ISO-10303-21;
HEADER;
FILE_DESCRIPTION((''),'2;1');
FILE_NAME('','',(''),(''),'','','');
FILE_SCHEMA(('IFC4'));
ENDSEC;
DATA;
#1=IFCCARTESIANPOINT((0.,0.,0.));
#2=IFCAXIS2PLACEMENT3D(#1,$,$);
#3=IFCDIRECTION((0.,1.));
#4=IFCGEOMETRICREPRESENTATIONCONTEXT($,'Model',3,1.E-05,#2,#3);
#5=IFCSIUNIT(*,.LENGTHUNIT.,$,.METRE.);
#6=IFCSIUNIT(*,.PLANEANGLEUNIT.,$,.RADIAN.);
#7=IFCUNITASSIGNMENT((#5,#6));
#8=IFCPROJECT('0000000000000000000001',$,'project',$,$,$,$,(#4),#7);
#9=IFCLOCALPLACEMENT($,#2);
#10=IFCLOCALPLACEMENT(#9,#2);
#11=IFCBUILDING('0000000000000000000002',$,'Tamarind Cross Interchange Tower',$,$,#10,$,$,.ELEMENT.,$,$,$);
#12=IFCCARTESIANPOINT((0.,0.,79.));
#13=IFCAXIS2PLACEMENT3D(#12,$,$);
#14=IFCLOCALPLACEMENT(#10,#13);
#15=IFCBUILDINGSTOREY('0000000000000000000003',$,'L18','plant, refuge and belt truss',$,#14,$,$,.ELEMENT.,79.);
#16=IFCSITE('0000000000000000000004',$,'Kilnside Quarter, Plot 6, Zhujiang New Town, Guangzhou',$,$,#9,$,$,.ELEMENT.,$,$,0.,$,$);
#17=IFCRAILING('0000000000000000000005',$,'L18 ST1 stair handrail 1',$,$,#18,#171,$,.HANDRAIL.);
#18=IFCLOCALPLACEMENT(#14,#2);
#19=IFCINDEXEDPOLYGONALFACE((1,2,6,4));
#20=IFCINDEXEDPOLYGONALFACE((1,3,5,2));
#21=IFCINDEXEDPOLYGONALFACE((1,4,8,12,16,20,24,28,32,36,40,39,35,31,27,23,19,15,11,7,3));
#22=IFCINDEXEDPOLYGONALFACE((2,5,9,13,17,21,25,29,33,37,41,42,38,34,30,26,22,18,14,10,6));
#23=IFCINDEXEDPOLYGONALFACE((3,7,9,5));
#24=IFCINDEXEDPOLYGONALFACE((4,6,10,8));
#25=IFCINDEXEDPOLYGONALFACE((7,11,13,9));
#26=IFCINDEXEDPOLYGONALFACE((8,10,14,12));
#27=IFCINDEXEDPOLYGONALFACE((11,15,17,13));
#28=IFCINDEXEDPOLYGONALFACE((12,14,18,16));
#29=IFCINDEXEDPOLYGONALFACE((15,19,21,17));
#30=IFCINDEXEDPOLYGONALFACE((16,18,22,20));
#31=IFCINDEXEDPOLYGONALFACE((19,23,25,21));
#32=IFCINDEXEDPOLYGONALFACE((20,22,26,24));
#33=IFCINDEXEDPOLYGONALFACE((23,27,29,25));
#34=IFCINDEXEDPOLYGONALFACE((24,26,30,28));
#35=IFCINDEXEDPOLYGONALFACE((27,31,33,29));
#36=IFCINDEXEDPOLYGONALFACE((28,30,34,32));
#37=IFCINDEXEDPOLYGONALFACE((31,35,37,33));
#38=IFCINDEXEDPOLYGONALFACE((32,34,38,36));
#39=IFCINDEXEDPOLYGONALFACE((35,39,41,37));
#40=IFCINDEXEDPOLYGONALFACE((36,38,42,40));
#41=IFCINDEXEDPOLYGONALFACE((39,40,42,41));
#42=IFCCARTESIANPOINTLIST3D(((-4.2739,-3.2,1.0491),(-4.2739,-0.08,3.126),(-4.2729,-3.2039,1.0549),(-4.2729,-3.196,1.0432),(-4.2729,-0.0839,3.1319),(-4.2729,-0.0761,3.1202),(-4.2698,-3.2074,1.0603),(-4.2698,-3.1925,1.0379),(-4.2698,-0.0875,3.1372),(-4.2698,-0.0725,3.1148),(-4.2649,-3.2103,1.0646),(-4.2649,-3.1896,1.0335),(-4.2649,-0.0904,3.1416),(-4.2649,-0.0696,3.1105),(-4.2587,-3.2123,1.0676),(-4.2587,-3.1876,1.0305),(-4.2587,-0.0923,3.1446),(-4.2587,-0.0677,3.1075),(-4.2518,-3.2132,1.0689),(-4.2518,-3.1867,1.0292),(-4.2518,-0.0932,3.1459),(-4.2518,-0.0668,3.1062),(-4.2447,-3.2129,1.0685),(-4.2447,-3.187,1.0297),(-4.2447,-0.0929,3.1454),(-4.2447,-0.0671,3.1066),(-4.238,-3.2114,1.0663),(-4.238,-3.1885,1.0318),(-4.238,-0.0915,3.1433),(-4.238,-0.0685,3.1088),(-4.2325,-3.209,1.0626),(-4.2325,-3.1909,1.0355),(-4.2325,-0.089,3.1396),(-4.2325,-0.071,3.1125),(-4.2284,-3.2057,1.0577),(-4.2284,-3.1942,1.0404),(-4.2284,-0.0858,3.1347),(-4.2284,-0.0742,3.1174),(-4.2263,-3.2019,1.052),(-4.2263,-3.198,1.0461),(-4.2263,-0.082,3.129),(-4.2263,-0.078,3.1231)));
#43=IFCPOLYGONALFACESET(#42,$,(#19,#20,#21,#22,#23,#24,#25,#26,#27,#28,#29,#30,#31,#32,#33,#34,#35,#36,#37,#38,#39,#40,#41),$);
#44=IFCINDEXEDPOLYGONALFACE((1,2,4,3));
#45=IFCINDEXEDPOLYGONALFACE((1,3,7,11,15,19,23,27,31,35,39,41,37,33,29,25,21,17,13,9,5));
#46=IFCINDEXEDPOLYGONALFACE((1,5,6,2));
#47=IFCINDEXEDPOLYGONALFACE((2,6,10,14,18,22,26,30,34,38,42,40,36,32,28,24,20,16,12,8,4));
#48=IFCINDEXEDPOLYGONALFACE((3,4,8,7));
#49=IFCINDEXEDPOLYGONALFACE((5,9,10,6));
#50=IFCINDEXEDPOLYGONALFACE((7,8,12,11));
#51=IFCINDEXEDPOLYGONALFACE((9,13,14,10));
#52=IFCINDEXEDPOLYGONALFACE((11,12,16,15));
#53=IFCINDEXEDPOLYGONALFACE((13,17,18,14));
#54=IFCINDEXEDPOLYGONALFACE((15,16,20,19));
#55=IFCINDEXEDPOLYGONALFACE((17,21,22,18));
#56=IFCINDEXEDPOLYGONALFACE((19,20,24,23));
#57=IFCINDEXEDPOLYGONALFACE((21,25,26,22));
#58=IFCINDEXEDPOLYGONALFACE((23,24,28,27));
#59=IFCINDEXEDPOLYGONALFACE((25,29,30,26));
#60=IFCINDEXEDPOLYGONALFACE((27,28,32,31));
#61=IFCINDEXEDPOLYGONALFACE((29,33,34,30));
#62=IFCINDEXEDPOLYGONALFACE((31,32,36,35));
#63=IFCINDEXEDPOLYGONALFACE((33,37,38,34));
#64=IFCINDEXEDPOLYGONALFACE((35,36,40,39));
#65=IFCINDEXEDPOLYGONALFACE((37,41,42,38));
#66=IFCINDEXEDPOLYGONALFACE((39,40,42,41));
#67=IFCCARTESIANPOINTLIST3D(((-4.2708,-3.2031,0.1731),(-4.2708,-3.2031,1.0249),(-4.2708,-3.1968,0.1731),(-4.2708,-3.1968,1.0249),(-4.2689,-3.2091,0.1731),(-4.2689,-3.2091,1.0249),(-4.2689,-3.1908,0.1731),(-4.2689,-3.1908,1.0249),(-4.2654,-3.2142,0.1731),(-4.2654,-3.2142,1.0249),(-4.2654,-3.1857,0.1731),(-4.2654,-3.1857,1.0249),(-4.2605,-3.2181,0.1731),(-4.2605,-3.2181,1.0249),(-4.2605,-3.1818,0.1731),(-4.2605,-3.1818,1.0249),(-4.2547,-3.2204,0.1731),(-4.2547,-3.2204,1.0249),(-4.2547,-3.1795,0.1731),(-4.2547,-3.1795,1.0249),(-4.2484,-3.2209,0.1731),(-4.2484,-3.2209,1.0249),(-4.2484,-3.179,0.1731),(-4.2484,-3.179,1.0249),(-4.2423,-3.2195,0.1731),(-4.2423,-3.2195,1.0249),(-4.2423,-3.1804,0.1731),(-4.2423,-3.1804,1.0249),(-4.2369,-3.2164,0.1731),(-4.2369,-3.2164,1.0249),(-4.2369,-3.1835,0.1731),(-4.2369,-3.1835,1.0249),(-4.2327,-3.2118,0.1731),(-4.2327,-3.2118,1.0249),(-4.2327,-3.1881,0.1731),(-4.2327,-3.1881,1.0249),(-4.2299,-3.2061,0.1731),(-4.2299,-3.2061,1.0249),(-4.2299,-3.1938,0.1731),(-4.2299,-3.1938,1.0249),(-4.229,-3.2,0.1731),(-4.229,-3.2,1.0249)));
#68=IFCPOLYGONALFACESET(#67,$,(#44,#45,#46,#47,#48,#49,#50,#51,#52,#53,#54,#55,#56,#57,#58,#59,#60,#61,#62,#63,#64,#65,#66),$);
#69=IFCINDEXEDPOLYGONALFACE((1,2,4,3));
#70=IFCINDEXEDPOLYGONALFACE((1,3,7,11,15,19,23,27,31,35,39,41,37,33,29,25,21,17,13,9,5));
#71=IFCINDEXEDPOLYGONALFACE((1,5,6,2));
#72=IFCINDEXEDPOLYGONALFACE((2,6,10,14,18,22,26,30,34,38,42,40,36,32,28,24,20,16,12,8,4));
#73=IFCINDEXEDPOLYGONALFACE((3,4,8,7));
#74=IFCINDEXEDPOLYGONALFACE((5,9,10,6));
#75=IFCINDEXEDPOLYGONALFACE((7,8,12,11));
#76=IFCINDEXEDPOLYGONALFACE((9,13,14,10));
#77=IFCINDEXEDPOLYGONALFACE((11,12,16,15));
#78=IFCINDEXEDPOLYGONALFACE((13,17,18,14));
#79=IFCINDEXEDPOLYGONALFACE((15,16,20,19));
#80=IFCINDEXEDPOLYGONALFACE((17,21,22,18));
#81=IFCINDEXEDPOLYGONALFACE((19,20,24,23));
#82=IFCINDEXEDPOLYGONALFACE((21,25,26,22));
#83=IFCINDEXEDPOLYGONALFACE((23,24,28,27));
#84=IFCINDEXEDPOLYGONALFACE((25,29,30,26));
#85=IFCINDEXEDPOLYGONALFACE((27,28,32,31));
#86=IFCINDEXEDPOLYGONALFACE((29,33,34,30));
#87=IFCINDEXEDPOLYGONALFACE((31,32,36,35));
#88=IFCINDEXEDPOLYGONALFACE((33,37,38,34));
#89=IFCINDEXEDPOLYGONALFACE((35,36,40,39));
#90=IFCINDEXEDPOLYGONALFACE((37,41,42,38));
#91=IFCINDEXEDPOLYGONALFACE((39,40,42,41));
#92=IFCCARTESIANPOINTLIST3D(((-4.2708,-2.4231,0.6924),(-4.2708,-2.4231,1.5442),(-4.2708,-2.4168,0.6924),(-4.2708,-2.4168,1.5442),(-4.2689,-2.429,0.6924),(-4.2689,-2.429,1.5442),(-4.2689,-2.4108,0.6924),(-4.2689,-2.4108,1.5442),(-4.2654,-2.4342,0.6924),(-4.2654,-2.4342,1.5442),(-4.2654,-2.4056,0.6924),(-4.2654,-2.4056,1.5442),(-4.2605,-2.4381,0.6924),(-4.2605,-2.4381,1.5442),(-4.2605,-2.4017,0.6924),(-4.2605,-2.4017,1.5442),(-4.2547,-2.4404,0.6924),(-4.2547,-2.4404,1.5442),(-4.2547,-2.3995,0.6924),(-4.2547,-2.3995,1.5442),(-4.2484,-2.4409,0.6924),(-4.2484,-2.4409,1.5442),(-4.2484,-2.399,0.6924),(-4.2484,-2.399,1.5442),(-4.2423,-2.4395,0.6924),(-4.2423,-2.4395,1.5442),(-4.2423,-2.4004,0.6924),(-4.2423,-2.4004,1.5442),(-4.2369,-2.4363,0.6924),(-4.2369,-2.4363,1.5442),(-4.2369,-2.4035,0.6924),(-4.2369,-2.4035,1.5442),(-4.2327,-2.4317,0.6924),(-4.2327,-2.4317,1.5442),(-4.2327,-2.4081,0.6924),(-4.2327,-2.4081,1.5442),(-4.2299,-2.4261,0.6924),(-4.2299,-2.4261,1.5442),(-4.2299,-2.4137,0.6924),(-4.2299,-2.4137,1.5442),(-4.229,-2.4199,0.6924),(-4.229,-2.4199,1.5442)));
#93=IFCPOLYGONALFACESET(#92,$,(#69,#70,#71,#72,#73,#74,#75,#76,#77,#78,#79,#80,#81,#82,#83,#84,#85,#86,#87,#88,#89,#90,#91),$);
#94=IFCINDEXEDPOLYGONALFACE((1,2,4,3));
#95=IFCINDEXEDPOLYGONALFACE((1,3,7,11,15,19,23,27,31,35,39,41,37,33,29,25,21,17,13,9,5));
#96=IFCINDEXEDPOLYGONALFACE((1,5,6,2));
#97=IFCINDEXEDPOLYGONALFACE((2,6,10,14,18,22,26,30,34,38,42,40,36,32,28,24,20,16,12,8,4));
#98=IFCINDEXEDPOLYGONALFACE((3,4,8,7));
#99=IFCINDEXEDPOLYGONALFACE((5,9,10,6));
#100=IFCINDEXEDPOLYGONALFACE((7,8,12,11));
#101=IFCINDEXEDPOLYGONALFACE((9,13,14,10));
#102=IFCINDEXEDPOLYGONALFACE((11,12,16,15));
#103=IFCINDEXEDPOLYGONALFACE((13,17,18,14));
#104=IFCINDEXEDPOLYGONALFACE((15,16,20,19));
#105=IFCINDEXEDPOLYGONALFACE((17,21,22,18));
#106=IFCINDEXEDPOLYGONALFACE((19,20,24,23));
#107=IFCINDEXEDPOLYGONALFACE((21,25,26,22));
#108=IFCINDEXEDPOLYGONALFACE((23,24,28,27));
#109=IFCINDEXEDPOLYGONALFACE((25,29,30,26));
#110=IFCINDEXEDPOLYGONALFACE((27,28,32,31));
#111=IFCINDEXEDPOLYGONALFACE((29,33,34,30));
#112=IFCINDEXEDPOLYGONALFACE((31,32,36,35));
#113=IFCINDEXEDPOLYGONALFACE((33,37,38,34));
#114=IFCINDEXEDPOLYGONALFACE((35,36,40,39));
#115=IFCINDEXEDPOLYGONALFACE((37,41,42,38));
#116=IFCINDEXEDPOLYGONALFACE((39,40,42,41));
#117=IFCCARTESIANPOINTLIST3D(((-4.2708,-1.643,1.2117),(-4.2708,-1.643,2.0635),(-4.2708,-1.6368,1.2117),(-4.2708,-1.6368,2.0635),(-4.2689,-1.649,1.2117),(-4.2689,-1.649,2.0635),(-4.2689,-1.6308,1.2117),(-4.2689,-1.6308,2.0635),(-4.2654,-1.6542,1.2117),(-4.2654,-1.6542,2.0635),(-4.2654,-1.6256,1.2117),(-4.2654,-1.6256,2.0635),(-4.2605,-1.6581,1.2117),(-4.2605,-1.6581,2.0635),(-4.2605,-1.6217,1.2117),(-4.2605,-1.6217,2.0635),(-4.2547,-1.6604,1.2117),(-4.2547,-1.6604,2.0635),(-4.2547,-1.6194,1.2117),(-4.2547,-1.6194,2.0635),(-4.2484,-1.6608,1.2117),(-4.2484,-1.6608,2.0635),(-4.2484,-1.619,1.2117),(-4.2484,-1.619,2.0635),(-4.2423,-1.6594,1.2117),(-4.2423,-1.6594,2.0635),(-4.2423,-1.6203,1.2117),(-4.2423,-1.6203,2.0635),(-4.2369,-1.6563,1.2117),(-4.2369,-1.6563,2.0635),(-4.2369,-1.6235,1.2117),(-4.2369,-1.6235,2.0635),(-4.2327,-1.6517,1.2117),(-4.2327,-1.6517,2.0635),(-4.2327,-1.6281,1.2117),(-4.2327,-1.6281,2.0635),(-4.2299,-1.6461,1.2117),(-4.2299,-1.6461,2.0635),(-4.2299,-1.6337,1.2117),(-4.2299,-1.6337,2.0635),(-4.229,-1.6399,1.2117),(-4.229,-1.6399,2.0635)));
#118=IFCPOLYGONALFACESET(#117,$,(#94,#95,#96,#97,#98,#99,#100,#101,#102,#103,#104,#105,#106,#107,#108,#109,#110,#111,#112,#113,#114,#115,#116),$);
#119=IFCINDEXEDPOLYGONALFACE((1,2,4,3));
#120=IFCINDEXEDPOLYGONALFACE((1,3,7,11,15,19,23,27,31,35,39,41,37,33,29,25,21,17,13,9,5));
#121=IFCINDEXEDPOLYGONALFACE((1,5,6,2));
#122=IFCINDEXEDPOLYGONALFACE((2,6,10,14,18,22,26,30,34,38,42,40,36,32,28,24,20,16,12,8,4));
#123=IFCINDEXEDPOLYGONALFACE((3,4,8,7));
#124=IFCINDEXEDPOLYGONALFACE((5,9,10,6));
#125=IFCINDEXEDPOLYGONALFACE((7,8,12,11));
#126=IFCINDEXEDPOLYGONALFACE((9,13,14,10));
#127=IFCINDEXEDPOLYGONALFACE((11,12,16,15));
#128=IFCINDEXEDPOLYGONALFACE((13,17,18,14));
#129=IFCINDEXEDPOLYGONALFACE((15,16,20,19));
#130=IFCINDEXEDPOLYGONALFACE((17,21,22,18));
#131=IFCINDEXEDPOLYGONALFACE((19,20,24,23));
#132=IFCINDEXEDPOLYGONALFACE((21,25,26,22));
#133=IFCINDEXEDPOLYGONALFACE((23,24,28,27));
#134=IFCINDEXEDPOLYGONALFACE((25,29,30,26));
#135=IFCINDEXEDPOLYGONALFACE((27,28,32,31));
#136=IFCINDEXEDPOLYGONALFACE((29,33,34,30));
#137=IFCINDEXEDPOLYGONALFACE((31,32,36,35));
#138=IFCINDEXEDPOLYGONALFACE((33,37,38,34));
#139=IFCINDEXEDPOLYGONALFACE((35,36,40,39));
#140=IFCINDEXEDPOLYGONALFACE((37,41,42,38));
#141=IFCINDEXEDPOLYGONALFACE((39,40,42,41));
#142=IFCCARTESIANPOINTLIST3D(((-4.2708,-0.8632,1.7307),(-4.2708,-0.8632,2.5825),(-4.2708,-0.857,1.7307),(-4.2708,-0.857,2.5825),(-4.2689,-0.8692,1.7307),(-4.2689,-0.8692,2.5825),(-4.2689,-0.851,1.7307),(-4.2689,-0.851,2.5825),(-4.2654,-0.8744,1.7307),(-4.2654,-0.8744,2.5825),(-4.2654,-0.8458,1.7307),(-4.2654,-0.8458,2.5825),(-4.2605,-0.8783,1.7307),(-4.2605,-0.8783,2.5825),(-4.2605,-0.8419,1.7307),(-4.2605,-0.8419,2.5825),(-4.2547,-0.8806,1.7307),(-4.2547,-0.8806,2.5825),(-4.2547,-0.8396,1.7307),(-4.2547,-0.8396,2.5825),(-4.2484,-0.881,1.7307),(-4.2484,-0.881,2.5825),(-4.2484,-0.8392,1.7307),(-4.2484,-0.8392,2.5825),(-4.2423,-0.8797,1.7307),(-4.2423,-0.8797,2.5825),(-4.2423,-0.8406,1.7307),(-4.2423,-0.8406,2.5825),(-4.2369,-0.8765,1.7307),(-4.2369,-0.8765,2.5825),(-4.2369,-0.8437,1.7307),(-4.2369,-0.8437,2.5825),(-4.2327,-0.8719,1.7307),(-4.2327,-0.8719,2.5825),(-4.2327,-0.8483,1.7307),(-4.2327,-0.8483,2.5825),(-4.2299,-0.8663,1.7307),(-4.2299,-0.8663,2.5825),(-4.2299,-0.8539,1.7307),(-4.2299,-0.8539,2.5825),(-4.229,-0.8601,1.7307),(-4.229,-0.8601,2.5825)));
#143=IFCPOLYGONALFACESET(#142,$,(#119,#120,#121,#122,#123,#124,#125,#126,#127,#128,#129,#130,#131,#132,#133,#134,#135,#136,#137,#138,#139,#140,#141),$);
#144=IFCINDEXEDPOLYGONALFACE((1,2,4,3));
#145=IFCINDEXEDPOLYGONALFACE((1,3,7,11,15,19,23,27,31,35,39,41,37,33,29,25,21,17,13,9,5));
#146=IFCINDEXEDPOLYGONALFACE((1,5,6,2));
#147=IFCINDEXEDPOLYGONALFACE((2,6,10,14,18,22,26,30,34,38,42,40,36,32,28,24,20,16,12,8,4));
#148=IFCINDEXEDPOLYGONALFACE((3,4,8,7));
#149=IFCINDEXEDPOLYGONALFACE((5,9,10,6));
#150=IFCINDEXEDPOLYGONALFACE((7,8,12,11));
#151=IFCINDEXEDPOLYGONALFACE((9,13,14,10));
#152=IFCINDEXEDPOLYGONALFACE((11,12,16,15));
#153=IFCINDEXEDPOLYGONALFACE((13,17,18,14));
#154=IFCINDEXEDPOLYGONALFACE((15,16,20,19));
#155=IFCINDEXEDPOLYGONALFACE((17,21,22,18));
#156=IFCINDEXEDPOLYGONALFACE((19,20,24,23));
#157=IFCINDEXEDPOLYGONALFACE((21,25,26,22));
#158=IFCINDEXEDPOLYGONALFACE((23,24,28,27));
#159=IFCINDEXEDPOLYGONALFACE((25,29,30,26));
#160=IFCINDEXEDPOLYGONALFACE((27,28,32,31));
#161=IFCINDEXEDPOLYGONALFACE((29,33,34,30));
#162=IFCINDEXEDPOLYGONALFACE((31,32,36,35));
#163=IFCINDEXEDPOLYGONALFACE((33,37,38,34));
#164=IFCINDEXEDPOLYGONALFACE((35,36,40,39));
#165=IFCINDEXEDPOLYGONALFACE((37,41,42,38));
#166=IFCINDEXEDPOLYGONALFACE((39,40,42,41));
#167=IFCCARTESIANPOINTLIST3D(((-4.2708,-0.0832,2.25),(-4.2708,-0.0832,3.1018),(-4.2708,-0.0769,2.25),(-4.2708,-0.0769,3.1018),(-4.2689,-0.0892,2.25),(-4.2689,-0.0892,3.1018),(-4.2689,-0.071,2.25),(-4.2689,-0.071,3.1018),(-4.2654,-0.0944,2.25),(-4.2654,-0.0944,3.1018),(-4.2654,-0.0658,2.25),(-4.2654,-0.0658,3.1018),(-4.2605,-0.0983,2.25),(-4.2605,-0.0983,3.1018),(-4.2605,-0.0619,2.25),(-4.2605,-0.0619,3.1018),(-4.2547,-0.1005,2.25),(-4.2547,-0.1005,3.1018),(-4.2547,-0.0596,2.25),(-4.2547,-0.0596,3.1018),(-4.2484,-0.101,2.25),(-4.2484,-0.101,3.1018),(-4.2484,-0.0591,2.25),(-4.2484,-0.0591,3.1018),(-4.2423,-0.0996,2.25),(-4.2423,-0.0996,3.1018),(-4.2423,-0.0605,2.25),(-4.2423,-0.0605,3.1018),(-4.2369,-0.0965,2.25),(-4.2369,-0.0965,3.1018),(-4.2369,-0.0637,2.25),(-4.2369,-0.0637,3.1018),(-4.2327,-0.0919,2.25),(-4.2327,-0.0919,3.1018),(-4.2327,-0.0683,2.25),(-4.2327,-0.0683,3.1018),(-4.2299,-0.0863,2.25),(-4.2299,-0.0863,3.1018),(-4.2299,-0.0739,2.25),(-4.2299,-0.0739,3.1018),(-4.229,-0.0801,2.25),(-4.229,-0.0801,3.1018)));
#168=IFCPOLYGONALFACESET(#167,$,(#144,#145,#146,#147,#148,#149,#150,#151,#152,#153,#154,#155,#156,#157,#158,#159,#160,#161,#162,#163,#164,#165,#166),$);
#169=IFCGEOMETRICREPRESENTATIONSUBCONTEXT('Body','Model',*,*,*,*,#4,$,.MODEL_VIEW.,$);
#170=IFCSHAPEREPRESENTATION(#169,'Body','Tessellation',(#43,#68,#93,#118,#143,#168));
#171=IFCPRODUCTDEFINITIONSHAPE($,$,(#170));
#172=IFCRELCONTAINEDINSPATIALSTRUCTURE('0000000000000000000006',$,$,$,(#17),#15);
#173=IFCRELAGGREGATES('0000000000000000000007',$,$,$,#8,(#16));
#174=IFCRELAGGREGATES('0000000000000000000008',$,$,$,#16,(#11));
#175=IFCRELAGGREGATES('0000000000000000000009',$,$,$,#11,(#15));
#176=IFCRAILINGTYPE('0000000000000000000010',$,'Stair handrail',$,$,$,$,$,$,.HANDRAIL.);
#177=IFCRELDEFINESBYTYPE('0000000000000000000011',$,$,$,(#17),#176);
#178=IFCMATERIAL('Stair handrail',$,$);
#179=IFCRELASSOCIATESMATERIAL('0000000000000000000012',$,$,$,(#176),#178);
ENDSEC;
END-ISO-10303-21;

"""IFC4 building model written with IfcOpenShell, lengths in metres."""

from ifc_helpers import new_model, si_unit, direction, frame, origin, origin_2d, place, context, subcontext, project, spatial, circle, extrude, material, type_object, element, save


model = new_model("IFC4")

# Units and contexts
model_context = context("Model", 3, precision=1e-05, world=origin(), true_north=direction((0.0, 1.0)))
body_context = subcontext(model_context, "Body", "Model", "MODEL_VIEW")
ifc_project = project(units=[si_unit("LENGTHUNIT", "METRE"), si_unit("PLANEANGLEUNIT", "RADIAN")], contexts=[model_context])

# Site, building, storey
site_placement = place(None, origin())
site = spatial("IfcSite", under=ifc_project, at=site_placement, Name="Kilnside Quarter, Plot 6, Zhujiang New Town, Guangzhou", CompositionType="ELEMENT", RefElevation=0.0)
building_placement = place(site_placement, origin())
building = spatial("IfcBuilding", under=site, at=building_placement, Name="Tamarind Cross Interchange Tower", CompositionType="ELEMENT")
storey_placement = place(building_placement, frame((0.0, 0.0, 79.0)))
storey = spatial("IfcBuildingStorey", under=building, at=storey_placement, Name="L18", Description="plant, refuge and belt truss", CompositionType="ELEMENT", Elevation=79.0)

# Railing
ifc_material_1 = material(Name="Stair handrail")
railing_type_1 = type_object("IfcRailingType", Name="Stair handrail", PredefinedType="HANDRAIL", material=ifc_material_1)
railing_1_placement = place(storey_placement, frame((-4.25, -3.2, 0.1731)))
element("IfcRailing", 1, at=railing_1_placement, inside=storey, type_object=railing_type_1, Name="L18 ST1 stair handrail 1", PredefinedType="HANDRAIL", context=body_context, shape_type="SweptSolid", body=[
    extrude(circle(Radius=0.0239, at=origin_2d()), frame((0.0, 0.0, 0.876), z_axis=(0.0, 0.832421, 0.554144), x_axis=(-1.0, 0.0, 0.0)), (0.0, 0.0, 1.0), 3.748),
    extrude(circle(Radius=0.021, at=origin_2d()), origin(), (0.0, 0.0, 1.0), 0.8518),
    extrude(circle(Radius=0.021, at=origin_2d()), frame((0.0, 0.78, 0.5193)), (0.0, 0.0, 1.0), 0.8518),
    extrude(circle(Radius=0.021, at=origin_2d()), frame((0.0, 1.5601, 1.0386)), (0.0, 0.0, 1.0), 0.8518),
    extrude(circle(Radius=0.021, at=origin_2d()), frame((0.0, 2.3398, 1.5576)), (0.0, 0.0, 1.0), 0.8518),
    extrude(circle(Radius=0.021, at=origin_2d()), frame((0.0, 3.1199, 2.0769)), (0.0, 0.0, 1.0), 0.8518),
])

save(model, "model.ifc")
